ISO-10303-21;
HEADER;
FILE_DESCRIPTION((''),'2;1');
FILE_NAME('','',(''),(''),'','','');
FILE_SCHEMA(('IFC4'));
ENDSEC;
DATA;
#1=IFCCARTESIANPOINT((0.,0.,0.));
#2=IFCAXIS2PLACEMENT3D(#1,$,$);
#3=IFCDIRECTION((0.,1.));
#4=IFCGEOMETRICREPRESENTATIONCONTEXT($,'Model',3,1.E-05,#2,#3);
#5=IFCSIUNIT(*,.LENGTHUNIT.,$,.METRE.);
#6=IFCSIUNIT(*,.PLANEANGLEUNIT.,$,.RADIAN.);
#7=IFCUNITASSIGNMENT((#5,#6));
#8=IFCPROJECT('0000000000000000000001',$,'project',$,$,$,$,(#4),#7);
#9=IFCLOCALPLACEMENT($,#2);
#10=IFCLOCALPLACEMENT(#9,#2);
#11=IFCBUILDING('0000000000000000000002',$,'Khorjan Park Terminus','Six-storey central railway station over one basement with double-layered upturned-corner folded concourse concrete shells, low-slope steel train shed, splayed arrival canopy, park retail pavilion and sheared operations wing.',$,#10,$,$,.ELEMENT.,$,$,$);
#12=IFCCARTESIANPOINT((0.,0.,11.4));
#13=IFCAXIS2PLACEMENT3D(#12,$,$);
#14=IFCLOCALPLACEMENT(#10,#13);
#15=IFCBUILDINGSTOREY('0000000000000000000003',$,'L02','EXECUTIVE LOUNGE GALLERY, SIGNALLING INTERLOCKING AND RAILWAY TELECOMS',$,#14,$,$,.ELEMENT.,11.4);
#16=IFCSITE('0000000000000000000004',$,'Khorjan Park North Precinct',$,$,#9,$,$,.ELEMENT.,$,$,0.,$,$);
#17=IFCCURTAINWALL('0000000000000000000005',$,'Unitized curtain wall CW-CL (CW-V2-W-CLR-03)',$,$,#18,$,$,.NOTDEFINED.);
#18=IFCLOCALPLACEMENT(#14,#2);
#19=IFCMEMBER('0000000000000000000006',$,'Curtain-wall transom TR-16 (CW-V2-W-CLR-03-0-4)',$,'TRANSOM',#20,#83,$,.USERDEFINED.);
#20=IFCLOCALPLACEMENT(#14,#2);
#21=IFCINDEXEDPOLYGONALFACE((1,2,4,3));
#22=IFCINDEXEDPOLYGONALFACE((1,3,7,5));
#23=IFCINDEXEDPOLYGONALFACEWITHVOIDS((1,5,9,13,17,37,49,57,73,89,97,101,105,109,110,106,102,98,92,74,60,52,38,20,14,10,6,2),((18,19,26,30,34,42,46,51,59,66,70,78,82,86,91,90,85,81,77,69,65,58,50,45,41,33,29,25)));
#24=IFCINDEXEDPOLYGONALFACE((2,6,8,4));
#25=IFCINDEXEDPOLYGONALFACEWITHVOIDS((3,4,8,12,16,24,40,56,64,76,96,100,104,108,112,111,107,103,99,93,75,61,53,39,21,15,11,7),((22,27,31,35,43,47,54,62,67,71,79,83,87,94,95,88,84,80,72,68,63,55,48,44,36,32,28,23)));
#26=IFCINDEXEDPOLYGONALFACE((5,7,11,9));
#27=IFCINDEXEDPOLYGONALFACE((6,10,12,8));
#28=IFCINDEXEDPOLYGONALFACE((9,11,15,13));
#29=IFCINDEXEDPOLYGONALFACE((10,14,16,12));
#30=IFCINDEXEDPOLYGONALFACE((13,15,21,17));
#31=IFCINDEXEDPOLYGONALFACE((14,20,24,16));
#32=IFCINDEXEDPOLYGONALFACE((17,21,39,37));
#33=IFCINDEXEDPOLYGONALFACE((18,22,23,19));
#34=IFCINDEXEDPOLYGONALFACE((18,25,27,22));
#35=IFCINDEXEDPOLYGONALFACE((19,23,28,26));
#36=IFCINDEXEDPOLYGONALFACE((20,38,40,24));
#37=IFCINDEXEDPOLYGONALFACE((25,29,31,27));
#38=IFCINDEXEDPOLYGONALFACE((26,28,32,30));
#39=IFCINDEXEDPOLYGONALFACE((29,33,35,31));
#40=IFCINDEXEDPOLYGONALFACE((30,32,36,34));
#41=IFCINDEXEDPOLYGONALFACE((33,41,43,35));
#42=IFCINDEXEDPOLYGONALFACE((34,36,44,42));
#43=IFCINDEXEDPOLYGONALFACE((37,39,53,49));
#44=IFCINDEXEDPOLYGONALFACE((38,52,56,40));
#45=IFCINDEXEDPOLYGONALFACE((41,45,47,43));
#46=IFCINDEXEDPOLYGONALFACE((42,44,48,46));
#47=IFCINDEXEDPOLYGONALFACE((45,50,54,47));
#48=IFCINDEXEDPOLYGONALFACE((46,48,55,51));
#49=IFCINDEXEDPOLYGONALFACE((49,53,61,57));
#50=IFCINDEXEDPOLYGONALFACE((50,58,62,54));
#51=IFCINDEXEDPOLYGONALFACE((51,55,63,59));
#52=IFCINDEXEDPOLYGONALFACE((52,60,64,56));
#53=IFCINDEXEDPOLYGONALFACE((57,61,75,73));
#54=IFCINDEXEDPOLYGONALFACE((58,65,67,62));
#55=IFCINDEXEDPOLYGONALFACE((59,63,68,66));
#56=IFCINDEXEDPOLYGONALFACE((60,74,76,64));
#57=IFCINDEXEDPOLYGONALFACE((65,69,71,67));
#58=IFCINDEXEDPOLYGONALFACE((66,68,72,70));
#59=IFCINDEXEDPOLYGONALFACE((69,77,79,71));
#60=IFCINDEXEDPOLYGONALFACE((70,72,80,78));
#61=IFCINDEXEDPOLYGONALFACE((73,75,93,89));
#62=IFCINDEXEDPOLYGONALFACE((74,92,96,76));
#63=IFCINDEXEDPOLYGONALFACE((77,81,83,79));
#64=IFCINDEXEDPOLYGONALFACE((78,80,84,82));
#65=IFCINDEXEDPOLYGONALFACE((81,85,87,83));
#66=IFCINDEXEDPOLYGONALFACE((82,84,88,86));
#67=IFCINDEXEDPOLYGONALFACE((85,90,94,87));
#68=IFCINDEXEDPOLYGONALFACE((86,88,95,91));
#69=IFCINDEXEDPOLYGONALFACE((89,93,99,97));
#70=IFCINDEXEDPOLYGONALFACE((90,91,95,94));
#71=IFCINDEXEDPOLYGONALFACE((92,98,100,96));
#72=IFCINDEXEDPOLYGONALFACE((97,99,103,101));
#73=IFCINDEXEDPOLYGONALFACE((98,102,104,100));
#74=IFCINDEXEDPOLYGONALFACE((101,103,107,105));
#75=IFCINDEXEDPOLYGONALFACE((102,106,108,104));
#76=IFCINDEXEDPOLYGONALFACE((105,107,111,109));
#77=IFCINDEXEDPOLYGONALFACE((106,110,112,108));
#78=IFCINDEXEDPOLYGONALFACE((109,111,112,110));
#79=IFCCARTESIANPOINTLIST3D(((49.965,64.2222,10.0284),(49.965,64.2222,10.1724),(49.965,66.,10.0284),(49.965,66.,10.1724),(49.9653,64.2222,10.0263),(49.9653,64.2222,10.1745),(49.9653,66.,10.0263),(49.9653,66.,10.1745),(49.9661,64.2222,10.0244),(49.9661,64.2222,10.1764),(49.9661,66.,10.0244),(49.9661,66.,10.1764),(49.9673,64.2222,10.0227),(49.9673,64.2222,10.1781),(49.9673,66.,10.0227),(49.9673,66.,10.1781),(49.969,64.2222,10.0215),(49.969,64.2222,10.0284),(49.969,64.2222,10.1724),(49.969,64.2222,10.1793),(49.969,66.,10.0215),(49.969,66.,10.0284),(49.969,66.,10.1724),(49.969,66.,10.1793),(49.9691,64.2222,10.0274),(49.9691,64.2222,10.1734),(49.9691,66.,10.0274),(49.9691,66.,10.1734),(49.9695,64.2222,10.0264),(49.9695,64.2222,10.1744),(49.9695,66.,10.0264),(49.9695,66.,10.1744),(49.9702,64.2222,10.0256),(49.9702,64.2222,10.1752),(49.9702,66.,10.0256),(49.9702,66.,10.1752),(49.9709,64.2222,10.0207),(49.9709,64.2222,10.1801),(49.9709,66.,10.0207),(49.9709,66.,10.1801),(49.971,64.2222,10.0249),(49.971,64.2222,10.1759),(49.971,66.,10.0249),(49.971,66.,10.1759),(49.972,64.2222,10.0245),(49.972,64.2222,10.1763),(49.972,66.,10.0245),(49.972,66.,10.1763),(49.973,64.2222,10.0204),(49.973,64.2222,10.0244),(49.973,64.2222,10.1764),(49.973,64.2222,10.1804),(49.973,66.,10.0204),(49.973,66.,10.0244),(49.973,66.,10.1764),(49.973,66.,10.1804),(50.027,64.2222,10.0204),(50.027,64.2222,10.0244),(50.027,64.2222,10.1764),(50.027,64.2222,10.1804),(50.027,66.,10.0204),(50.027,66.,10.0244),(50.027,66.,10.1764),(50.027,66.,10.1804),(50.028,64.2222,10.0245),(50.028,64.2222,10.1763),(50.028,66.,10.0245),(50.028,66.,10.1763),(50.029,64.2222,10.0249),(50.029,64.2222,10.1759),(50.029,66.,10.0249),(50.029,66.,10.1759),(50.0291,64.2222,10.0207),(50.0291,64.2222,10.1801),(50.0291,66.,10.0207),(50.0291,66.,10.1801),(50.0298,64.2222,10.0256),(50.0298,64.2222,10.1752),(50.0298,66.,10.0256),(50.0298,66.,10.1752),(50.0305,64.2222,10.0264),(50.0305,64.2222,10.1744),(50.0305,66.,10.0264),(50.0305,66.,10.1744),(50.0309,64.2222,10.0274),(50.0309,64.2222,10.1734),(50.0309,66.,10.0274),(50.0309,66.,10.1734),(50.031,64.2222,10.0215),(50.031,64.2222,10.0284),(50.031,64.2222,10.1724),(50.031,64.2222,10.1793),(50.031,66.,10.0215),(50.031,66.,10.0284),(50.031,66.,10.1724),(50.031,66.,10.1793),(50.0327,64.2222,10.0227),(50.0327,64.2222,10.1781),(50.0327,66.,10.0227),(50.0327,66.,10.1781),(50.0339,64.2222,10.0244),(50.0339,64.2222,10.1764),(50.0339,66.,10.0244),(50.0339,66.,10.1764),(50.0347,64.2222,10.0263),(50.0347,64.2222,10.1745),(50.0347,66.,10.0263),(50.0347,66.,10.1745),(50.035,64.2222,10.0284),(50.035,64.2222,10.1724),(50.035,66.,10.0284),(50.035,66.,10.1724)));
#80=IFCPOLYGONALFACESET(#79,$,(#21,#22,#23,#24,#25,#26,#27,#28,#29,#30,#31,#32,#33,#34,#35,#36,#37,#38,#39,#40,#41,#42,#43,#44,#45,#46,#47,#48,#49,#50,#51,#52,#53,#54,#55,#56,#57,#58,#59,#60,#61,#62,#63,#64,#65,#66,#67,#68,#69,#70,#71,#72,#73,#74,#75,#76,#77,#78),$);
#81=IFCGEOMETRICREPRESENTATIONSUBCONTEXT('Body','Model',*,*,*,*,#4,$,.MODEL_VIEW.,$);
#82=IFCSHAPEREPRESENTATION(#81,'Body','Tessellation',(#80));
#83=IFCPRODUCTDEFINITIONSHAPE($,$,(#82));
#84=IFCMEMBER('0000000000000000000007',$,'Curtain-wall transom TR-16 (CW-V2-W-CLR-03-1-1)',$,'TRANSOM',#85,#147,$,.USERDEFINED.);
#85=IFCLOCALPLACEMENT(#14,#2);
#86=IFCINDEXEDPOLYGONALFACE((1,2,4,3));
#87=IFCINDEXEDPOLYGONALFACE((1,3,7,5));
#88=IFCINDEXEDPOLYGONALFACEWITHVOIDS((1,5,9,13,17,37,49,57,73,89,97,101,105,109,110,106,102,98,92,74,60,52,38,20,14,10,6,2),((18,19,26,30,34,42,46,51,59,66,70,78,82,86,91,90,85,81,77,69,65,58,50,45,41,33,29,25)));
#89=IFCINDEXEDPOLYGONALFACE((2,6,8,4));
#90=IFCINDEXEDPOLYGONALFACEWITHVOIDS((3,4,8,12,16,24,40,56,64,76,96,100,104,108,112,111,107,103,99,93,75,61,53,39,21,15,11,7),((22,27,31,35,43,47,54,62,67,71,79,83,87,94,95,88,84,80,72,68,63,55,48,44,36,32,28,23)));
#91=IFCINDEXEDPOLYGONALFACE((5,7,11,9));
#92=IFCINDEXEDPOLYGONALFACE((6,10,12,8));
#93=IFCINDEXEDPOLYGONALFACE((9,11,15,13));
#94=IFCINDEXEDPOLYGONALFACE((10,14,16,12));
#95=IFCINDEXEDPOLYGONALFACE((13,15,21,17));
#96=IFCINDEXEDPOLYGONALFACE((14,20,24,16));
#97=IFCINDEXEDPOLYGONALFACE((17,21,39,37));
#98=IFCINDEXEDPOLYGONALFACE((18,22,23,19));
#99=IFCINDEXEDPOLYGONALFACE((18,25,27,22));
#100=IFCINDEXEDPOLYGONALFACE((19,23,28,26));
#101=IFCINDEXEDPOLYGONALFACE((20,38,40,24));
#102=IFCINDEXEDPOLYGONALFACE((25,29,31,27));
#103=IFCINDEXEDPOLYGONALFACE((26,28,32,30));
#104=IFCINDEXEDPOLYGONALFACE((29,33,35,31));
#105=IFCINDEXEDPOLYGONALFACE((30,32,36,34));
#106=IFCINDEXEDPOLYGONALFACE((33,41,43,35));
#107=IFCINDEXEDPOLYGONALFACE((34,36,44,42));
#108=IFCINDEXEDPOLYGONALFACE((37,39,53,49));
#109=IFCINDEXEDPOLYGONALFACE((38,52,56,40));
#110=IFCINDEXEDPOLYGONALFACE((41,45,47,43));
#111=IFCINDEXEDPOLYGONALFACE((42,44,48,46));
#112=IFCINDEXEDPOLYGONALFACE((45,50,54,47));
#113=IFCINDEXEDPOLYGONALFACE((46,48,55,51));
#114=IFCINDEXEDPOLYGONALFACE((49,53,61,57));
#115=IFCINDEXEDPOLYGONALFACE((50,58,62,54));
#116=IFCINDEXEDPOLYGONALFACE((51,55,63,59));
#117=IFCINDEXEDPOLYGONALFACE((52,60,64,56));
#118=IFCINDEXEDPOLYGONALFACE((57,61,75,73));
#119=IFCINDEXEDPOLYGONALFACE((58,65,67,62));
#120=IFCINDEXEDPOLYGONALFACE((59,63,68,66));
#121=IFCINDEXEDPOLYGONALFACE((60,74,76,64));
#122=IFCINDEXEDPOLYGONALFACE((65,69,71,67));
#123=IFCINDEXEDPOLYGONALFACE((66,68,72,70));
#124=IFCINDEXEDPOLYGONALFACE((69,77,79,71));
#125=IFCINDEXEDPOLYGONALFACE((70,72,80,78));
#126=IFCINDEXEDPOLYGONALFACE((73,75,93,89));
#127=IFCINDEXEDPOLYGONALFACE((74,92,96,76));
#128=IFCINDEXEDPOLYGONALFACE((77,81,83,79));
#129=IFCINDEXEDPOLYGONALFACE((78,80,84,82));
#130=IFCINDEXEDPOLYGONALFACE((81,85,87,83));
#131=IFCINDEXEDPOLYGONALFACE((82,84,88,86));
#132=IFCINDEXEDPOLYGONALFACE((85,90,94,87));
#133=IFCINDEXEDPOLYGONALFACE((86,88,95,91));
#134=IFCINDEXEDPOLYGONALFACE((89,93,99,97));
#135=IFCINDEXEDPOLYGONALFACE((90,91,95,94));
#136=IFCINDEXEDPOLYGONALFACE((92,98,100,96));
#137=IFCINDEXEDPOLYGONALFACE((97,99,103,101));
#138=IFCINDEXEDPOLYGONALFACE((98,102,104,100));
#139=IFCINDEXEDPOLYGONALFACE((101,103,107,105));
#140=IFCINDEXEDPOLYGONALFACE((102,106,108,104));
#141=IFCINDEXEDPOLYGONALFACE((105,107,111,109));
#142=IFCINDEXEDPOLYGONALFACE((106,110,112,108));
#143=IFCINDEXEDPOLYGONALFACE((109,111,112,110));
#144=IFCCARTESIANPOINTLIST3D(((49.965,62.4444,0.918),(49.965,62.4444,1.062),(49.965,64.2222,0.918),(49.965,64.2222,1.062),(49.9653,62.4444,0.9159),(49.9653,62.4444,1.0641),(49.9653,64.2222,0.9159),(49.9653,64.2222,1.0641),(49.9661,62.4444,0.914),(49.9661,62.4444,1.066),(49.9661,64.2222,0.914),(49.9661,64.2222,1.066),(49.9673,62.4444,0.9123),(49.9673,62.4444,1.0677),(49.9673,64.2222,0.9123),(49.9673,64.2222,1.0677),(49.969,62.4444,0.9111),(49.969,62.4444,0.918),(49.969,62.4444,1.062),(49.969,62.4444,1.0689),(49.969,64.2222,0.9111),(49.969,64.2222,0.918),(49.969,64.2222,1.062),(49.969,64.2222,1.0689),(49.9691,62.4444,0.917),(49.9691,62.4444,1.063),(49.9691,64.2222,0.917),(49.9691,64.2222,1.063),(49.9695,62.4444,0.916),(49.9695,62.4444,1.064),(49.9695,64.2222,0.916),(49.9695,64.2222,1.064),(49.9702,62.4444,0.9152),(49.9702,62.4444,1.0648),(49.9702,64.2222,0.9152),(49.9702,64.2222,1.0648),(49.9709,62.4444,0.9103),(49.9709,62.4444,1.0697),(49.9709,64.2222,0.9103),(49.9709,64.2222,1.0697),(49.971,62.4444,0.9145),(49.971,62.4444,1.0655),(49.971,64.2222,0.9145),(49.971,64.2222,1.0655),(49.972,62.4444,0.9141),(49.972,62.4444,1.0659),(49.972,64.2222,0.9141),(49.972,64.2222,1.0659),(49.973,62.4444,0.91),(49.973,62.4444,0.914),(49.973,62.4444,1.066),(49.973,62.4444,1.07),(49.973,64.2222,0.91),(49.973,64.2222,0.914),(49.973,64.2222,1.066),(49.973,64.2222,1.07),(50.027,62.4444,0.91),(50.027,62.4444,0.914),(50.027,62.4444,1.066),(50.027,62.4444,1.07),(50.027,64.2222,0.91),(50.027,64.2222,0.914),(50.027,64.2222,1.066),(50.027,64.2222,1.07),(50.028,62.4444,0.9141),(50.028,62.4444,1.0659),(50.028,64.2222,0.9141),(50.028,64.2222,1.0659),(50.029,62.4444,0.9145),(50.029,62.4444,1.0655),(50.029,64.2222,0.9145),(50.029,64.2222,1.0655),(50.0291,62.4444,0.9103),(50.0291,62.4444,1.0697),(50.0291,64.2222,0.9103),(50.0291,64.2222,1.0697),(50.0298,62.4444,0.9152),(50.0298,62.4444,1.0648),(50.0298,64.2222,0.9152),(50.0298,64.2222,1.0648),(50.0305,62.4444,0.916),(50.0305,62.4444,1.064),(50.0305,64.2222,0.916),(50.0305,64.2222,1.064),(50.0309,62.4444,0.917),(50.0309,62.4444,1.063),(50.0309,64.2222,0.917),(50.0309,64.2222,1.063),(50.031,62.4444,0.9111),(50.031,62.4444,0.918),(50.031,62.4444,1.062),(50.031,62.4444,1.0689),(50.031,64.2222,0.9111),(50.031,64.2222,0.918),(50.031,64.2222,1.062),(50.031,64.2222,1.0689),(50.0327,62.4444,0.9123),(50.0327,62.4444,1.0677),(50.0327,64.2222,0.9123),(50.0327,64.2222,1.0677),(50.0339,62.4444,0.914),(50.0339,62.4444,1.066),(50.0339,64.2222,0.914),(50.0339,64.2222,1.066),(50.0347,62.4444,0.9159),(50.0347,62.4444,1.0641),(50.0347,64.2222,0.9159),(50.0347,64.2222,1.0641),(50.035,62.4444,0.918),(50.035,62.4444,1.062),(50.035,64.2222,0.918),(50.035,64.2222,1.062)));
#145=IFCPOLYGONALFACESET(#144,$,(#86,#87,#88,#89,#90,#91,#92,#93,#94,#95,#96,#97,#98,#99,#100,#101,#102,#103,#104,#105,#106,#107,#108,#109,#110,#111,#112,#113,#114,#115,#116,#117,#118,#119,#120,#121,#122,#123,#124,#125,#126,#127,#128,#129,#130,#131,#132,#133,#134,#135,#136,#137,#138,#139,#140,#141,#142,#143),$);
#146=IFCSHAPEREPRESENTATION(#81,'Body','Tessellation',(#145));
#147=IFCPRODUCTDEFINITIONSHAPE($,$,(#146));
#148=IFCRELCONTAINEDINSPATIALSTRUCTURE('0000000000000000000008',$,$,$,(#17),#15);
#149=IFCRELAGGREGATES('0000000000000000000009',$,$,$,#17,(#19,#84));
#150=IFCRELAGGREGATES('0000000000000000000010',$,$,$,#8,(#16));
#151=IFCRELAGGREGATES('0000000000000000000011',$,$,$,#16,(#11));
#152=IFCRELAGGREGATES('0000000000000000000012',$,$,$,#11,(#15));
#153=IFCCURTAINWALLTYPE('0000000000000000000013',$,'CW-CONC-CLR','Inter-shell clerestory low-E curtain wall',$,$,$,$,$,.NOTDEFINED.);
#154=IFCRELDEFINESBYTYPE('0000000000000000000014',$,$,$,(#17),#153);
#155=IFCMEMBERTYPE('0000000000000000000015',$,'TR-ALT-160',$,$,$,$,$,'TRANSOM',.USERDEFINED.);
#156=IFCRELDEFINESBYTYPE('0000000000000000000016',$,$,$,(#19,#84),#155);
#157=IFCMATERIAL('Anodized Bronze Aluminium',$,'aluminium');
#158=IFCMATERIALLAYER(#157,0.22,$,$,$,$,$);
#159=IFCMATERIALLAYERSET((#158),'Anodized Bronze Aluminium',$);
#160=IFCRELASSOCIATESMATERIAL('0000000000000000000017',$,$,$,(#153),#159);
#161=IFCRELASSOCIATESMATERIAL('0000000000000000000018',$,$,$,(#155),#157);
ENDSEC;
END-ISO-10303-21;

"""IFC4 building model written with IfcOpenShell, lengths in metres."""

from ifc_helpers import new_model, si_unit, direction, frame, origin, origin_2d, place, context, subcontext, project, spatial, hollow_rectangle, extrude, material, layer, layer_set, material_profile, profile_set, type_object, element, aggregate, save


model = new_model("IFC4")

# Units and contexts
model_context = context("Model", 3, precision=1e-05, world=origin(), true_north=direction((0.0, 1.0)))
body_context = subcontext(model_context, "Body", "Model", "MODEL_VIEW")
ifc_project = project(units=[si_unit("LENGTHUNIT", "METRE"), si_unit("PLANEANGLEUNIT", "RADIAN")], contexts=[model_context])

# Site, building, storey
site_placement = place(None, origin())
site = spatial("IfcSite", under=ifc_project, at=site_placement, Name="Khorjan Park North Precinct", CompositionType="ELEMENT", RefElevation=0.0)
building_placement = place(site_placement, origin())
building = spatial("IfcBuilding", under=site, at=building_placement, Name="Khorjan Park Terminus", Description="Six-storey central railway station over one basement with double-layered upturned-corner folded concourse concrete shells, low-slope steel train shed, splayed arrival canopy, park retail pavilion and sheared operations wing.", CompositionType="ELEMENT")
storey_placement = place(building_placement, frame((0.0, 0.0, 11.4)))
storey = spatial("IfcBuildingStorey", under=building, at=storey_placement, Name="L02", Description="EXECUTIVE LOUNGE GALLERY, SIGNALLING INTERLOCKING AND RAILWAY TELECOMS", CompositionType="ELEMENT", Elevation=11.4)

# Curtain wall
ifc_material_1 = material(Name="Anodized Bronze Aluminium", Category="aluminium")
ifc_layer_1 = layer(ifc_material_1, 0.22)
ifc_layer_set_1 = layer_set([ifc_layer_1], Name="Anodized Bronze Aluminium")
curtain_wall_type = type_object("IfcCurtainWallType", Name="CW-CONC-CLR", Description="Inter-shell clerestory low-E curtain wall", PredefinedType="NOTDEFINED", material=ifc_layer_set_1)
curtain_wall_1_placement = place(storey_placement, origin())
curtain_wall_1 = element("IfcCurtainWall", 1, at=curtain_wall_1_placement, inside=storey, type_object=curtain_wall_type, Name="Unitized curtain wall CW-CL (CW-V2-W-CLR-03)", PredefinedType="NOTDEFINED")

# Members
ifc_material_profile_1 = material_profile(ifc_material_1, hollow_rectangle(XDim=0.07, YDim=0.16, WallThickness=0.004, InnerFilletRadius=0.004, OuterFilletRadius=0.008, at=origin_2d()), Name="ALT 70x160x4")
ifc_profile_set_1 = profile_set([ifc_material_profile_1], Name="Anodized Bronze Aluminium")
member_type_1 = type_object("IfcMemberType", Name="TR-ALT-160", ElementType="TRANSOM", PredefinedType="USERDEFINED", material=ifc_profile_set_1)
member_1_placement = place(storey_placement, frame((50.0, 66.0, 10.1004), z_axis=(0.0, -1.0, 0.0), x_axis=(1.0, 0.0, 0.0)))
member_1 = element("IfcMember", 2, at=member_1_placement, type_object=member_type_1, Name="Curtain-wall transom TR-16 (CW-V2-W-CLR-03-0-4)", ObjectType="TRANSOM", PredefinedType="USERDEFINED", context=body_context, shape_type="SweptSolid", body=[
    extrude(hollow_rectangle(XDim=0.07, YDim=0.16, WallThickness=0.004, InnerFilletRadius=0.004, OuterFilletRadius=0.008, at=origin_2d()), origin(), (0.0, 0.0, 1.0), 1.7778),
])
member_2_placement = place(storey_placement, frame((50.0, 64.2222, 0.99), z_axis=(0.0, -1.0, 0.0), x_axis=(1.0, 0.0, 0.0)))
member_2 = element("IfcMember", 3, at=member_2_placement, type_object=member_type_1, Name="Curtain-wall transom TR-16 (CW-V2-W-CLR-03-1-1)", ObjectType="TRANSOM", PredefinedType="USERDEFINED", context=body_context, shape_type="SweptSolid", body=[
    extrude(hollow_rectangle(XDim=0.07, YDim=0.16, WallThickness=0.004, InnerFilletRadius=0.004, OuterFilletRadius=0.008, at=origin_2d()), origin(), (0.0, 0.0, 1.0), 1.7778),
])

aggregate(curtain_wall_1, [member_1, member_2])

save(model, "model.ifc")
